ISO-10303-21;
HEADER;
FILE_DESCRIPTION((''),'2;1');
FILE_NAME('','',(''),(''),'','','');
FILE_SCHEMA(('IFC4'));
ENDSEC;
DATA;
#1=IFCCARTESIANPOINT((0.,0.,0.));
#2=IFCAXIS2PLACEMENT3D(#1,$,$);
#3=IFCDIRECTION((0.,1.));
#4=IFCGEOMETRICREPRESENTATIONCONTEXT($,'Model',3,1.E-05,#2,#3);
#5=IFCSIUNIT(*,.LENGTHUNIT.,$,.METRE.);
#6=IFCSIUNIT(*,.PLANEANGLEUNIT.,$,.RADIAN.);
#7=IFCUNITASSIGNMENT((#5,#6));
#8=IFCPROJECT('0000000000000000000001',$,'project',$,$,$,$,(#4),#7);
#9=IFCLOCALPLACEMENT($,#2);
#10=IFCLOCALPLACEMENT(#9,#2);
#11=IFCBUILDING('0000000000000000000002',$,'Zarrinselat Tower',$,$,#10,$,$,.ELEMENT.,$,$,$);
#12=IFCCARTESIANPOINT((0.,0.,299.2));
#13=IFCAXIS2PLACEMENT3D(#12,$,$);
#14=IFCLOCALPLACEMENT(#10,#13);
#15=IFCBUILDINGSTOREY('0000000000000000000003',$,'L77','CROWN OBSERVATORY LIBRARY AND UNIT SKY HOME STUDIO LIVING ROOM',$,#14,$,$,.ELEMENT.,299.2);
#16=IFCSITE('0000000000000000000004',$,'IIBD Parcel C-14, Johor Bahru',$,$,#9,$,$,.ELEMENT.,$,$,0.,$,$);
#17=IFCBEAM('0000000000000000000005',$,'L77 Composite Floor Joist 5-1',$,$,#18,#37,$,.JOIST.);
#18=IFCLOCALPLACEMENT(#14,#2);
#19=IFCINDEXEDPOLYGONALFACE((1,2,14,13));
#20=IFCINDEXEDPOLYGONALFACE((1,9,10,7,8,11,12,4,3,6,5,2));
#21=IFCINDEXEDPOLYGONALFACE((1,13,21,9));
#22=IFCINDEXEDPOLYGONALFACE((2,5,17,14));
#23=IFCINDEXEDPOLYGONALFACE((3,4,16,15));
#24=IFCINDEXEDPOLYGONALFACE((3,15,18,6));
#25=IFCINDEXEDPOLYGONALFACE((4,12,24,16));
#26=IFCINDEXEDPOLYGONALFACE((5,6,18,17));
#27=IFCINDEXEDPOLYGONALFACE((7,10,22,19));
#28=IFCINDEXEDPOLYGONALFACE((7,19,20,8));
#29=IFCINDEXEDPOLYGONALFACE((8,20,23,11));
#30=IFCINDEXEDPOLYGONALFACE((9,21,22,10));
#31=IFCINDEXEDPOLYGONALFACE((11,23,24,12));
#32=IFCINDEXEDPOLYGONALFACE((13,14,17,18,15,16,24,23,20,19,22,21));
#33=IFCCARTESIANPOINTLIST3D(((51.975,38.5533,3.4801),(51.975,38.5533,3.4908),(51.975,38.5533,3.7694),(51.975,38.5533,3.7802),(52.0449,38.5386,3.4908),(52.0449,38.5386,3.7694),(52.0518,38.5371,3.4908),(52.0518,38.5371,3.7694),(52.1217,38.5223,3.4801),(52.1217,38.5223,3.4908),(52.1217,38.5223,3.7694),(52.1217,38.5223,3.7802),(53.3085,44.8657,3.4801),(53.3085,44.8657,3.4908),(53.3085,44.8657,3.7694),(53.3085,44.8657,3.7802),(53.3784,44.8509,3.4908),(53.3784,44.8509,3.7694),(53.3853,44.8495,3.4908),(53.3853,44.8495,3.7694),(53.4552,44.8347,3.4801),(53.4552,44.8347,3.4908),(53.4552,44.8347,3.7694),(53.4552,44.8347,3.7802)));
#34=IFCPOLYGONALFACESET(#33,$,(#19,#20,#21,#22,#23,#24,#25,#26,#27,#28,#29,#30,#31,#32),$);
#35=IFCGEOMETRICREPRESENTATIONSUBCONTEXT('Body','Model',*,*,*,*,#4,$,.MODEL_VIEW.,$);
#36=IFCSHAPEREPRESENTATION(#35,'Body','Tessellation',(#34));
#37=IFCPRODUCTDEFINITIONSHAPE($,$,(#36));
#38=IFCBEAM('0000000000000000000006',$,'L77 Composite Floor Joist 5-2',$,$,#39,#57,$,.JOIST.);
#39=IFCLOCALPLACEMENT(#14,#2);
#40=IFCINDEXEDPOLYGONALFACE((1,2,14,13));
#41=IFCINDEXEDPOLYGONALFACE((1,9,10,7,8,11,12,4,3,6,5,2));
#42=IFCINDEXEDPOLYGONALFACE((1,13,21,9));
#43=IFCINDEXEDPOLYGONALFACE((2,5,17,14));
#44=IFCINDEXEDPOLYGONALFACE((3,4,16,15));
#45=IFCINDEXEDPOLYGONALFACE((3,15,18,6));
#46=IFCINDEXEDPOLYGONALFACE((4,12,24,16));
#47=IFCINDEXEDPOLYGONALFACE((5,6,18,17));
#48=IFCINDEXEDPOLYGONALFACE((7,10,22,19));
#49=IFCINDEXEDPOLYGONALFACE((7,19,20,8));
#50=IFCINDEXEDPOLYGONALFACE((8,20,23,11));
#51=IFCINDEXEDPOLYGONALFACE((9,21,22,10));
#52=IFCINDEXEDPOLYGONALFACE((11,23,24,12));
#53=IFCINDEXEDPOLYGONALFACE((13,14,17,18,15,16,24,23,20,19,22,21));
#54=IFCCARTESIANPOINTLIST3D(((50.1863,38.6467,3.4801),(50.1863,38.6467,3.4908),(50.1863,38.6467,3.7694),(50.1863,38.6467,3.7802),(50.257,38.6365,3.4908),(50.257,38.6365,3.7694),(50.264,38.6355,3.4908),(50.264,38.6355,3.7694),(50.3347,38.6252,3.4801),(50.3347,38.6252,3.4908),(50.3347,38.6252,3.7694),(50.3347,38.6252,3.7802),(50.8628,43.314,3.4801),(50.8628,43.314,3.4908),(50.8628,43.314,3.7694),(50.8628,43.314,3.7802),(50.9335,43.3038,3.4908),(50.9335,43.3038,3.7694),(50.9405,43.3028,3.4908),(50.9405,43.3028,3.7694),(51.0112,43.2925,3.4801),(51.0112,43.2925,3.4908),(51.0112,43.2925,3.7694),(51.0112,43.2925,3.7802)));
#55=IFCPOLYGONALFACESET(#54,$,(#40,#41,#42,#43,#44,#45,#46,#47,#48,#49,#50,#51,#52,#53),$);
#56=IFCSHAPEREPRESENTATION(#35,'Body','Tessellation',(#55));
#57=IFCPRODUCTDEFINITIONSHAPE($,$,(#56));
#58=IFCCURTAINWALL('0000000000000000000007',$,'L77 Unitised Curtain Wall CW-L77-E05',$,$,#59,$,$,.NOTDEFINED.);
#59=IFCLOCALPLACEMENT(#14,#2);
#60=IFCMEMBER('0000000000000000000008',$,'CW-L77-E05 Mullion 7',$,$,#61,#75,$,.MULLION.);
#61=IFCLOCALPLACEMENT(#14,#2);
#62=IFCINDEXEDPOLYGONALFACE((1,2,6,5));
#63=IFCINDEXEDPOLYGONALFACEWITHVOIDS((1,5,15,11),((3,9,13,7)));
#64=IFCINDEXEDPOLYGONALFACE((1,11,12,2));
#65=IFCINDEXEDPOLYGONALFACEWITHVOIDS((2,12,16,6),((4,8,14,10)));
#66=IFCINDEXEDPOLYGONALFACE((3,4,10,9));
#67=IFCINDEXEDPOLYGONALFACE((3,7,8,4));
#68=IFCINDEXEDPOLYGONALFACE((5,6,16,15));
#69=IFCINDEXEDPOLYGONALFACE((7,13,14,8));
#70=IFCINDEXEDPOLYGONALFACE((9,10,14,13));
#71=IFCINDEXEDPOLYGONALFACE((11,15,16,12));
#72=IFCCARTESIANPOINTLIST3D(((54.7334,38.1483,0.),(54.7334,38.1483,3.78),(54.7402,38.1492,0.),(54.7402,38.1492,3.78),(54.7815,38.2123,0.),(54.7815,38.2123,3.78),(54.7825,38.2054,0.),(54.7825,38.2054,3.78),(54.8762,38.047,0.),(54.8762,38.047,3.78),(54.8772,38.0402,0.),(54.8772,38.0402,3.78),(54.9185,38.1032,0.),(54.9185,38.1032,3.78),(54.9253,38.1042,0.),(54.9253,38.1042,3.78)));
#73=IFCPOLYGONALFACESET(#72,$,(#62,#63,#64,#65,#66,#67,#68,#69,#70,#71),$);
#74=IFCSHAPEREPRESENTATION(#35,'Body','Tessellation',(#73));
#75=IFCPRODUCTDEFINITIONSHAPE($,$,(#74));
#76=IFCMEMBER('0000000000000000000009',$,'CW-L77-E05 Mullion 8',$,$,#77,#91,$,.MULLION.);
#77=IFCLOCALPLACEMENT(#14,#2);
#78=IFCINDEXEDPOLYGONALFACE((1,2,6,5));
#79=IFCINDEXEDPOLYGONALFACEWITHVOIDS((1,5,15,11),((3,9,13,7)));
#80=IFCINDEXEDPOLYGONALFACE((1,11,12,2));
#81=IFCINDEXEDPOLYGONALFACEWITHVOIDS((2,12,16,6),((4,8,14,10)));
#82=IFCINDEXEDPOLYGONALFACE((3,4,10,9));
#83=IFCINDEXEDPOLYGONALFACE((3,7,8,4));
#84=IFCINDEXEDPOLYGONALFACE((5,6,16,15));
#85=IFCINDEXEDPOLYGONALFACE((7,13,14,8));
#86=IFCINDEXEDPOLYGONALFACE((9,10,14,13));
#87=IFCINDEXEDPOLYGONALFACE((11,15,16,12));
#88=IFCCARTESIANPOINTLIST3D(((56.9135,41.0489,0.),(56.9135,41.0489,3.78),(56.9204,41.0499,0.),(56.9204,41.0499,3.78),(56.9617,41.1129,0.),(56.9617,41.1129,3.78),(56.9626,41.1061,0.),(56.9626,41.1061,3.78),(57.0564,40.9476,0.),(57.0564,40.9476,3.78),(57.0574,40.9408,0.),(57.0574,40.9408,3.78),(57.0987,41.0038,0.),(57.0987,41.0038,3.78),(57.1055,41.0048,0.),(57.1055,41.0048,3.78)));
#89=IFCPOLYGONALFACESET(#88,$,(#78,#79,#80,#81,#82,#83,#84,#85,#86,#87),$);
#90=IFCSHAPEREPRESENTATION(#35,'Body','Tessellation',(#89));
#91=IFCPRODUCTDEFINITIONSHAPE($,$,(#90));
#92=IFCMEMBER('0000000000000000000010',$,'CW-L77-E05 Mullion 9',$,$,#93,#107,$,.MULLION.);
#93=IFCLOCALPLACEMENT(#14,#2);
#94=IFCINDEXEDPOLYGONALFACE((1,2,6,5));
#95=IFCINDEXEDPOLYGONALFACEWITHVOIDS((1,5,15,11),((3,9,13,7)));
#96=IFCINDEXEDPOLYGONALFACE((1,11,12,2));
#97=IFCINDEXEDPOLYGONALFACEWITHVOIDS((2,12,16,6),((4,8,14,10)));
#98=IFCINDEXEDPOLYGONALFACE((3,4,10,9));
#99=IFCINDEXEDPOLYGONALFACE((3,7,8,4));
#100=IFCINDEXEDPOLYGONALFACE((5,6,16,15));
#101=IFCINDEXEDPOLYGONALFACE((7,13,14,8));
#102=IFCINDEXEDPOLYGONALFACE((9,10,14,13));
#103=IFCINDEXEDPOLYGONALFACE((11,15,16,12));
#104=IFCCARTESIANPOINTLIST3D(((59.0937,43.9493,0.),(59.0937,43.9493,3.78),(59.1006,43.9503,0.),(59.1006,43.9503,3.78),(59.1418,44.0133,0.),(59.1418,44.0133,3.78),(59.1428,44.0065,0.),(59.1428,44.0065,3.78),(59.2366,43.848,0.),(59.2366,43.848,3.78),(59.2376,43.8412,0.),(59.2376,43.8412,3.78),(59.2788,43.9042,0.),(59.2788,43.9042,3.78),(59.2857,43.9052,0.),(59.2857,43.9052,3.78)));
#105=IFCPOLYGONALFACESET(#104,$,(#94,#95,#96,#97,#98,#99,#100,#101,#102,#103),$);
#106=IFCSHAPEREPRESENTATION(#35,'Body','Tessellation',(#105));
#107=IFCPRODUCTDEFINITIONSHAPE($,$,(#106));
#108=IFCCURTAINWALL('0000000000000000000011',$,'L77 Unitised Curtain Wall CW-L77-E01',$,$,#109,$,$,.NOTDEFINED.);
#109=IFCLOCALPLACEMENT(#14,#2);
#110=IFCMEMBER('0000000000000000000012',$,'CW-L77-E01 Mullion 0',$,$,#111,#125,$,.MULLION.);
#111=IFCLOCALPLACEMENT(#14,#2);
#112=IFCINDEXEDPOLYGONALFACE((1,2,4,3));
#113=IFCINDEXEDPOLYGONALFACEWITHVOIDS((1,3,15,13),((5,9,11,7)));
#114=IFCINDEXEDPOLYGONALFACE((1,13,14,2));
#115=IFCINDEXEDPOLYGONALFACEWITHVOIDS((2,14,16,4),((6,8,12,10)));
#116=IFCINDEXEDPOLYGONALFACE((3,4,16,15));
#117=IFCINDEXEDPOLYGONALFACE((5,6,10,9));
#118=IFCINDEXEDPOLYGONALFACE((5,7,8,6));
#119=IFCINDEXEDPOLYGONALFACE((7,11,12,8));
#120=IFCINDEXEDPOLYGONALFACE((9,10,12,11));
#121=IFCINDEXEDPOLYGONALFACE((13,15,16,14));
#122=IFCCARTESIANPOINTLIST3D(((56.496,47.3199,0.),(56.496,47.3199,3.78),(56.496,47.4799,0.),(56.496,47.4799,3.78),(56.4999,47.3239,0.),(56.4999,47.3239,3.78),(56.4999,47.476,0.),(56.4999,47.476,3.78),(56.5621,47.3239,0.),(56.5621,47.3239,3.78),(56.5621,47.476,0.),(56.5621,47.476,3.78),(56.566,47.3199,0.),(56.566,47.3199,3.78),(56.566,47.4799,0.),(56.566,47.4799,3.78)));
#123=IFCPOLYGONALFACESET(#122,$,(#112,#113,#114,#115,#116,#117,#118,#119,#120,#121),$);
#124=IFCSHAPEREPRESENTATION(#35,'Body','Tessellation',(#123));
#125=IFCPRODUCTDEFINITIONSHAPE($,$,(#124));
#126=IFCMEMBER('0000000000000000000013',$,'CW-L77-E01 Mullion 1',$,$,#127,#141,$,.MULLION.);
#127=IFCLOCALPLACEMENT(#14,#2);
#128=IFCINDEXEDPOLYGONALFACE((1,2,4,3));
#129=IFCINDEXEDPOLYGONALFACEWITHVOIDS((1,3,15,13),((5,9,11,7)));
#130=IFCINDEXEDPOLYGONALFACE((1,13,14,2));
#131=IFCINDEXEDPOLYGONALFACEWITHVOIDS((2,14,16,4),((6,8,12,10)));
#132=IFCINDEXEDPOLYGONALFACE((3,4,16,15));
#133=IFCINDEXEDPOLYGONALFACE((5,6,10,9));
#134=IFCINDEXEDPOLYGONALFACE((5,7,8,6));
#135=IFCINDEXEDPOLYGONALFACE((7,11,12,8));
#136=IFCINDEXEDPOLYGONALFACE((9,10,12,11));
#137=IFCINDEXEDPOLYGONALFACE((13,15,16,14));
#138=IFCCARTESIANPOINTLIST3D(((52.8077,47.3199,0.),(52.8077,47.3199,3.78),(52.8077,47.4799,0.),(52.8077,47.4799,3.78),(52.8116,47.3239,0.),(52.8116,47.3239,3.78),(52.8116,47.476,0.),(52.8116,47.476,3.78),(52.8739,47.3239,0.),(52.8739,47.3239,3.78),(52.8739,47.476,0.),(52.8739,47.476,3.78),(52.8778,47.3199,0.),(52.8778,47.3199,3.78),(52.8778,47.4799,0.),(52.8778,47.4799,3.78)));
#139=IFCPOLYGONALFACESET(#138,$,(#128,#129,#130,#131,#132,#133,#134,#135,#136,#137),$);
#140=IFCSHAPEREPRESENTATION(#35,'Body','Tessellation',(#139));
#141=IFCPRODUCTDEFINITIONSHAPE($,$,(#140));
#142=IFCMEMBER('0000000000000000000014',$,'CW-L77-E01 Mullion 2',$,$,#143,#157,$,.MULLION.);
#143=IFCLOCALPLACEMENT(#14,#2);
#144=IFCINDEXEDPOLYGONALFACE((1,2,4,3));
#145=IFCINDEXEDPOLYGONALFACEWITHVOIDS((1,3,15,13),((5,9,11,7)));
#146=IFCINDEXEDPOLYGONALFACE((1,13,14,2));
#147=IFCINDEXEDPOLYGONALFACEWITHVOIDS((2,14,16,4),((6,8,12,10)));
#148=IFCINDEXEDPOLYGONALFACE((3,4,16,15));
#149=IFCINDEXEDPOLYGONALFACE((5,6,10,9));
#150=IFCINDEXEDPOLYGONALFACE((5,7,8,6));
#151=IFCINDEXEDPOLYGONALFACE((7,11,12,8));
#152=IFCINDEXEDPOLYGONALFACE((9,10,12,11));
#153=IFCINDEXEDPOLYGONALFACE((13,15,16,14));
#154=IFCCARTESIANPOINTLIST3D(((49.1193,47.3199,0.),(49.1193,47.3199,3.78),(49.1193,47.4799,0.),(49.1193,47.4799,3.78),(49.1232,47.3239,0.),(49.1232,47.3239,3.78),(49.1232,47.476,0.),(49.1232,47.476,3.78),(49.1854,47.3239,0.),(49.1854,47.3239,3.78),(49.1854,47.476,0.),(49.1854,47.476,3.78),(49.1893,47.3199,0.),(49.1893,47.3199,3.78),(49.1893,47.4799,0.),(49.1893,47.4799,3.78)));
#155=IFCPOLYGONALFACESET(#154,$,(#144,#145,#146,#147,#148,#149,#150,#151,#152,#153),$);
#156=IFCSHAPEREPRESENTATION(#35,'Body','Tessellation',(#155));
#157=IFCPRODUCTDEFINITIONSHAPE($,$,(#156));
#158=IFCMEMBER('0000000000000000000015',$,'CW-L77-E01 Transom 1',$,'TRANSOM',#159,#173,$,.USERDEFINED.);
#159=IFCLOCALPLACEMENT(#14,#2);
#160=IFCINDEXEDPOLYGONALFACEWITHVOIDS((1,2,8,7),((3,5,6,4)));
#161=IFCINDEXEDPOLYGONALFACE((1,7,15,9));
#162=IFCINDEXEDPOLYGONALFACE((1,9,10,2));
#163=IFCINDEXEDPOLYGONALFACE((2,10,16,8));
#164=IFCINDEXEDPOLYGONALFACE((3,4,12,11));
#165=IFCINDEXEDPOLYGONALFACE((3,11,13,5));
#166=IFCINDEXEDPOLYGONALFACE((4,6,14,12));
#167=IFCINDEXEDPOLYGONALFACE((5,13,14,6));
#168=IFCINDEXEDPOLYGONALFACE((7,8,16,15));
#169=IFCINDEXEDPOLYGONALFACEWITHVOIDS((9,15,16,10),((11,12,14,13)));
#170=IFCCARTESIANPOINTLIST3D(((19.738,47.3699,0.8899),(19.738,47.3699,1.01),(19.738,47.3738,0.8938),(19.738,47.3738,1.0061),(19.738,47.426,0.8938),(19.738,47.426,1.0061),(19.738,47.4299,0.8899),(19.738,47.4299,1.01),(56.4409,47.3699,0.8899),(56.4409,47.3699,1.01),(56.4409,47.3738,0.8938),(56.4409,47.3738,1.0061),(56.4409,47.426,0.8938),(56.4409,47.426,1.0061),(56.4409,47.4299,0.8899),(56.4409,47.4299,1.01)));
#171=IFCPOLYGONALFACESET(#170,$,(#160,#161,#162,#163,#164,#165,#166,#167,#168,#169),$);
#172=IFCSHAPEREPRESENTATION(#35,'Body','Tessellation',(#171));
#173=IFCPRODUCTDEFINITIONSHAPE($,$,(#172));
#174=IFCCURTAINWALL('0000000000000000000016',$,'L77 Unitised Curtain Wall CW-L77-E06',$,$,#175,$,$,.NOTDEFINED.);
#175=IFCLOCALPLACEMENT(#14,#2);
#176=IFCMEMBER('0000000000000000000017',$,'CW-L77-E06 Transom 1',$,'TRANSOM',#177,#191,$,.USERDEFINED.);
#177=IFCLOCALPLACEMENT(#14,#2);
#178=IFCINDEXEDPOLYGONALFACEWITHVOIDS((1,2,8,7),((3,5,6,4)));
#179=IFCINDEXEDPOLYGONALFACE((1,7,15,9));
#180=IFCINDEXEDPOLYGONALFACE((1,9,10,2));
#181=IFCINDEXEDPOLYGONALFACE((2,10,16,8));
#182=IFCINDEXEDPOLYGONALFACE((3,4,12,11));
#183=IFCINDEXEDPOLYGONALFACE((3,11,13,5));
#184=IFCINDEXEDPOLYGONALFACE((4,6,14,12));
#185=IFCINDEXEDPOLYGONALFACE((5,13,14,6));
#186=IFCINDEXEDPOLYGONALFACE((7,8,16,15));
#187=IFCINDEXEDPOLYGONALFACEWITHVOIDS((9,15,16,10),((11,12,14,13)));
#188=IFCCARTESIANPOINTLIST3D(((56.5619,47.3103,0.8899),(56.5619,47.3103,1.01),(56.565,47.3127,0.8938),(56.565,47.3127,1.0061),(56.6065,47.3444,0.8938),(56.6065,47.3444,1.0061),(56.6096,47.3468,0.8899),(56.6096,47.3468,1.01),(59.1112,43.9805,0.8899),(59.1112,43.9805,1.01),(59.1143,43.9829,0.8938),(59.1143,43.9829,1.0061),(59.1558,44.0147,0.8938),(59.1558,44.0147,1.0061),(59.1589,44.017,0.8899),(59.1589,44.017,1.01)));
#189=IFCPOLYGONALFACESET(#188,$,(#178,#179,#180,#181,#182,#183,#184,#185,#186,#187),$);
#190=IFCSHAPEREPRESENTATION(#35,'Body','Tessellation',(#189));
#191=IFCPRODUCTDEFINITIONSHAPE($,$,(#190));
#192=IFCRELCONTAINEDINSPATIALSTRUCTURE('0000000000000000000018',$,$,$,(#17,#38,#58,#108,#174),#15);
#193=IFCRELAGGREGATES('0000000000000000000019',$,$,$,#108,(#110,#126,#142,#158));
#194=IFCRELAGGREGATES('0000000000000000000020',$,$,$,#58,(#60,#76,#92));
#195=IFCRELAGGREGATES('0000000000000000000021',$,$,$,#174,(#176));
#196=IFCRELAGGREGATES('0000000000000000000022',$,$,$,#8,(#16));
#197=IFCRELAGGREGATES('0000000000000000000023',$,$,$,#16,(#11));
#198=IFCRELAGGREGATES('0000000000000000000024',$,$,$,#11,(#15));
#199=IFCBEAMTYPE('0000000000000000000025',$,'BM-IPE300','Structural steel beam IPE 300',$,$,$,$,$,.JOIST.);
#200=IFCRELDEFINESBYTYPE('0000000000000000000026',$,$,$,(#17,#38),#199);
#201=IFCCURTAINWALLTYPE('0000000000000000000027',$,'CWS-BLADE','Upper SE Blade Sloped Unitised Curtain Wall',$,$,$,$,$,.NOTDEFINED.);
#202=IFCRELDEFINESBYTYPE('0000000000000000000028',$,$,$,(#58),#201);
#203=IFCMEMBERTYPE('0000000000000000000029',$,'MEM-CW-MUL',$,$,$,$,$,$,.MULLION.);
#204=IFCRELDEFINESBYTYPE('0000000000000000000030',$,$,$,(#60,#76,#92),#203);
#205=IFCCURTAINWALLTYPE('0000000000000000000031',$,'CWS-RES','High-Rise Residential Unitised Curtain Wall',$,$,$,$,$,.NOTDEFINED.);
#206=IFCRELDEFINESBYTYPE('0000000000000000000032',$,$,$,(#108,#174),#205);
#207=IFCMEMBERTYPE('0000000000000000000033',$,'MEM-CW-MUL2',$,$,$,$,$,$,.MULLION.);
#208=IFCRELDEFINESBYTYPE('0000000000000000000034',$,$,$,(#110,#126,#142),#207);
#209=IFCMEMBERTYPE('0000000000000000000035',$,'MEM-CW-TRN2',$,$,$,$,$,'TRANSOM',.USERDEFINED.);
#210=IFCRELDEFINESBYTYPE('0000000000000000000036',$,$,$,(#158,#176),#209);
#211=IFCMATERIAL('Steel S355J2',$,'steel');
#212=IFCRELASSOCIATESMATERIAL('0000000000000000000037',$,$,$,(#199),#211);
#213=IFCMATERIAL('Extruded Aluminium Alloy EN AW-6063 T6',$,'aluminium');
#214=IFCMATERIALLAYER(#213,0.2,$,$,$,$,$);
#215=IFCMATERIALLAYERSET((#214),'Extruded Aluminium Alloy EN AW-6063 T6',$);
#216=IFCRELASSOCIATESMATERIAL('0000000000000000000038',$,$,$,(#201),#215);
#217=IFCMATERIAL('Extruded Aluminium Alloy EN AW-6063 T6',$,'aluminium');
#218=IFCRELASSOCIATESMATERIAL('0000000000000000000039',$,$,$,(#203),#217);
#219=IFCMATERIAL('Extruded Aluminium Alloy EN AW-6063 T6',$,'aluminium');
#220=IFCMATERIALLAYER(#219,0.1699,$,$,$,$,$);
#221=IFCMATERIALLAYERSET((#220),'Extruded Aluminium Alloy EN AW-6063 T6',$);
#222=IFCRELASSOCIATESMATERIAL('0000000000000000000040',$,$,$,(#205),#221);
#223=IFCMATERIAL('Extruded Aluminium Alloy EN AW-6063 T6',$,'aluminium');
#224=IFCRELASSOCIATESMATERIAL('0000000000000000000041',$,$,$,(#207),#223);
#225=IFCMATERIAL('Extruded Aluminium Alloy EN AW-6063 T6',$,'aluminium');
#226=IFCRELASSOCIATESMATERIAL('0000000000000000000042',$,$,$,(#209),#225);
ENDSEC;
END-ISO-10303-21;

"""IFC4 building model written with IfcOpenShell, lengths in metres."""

from ifc_helpers import new_model, si_unit, direction, frame, origin, origin_2d, place, context, subcontext, project, spatial, hollow_rectangle, i_section, extrude, material, layer, layer_set, material_profile, profile_set, type_object, element, aggregate, save


model = new_model("IFC4")

# Units and contexts
model_context = context("Model", 3, precision=1e-05, world=origin(), true_north=direction((0.0, 1.0)))
body_context = subcontext(model_context, "Body", "Model", "MODEL_VIEW")
ifc_project = project(units=[si_unit("LENGTHUNIT", "METRE"), si_unit("PLANEANGLEUNIT", "RADIAN")], contexts=[model_context])

# Site, building, storey
site_placement = place(None, origin())
site = spatial("IfcSite", under=ifc_project, at=site_placement, Name="IIBD Parcel C-14, Johor Bahru", CompositionType="ELEMENT", RefElevation=0.0)
building_placement = place(site_placement, origin())
building = spatial("IfcBuilding", under=site, at=building_placement, Name="Zarrinselat Tower", CompositionType="ELEMENT")
storey_placement = place(building_placement, frame((0.0, 0.0, 299.2)))
storey = spatial("IfcBuildingStorey", under=building, at=storey_placement, Name="L77", Description="CROWN OBSERVATORY LIBRARY AND UNIT SKY HOME STUDIO LIVING ROOM", CompositionType="ELEMENT", Elevation=299.2)

# Beams
ifc_material_1 = material(Name="Steel S355J2", Category="steel")
ifc_material_profile_1 = material_profile(ifc_material_1, i_section(OverallWidth=0.1499, OverallDepth=0.3, WebThickness=0.0071, FlangeThickness=0.0107, at=origin_2d()), Name="IPE 300")
ifc_profile_set_1 = profile_set([ifc_material_profile_1], Name="Steel S355J2")
beam_type_1 = type_object("IfcBeamType", Name="BM-IPE300", Description="Structural steel beam IPE 300", PredefinedType="JOIST", material=ifc_profile_set_1)
beam_1_placement = place(storey_placement, frame((52.0483, 38.5378, 3.6301), z_axis=(0.206693, 0.978406, 0.0), x_axis=(-0.978406, 0.206693, 0.0)))
element("IfcBeam", 1, at=beam_1_placement, inside=storey, type_object=beam_type_1, Name="L77 Composite Floor Joist 5-1", PredefinedType="JOIST", context=body_context, shape_type="SweptSolid", body=[
    extrude(i_section(OverallWidth=0.1499, OverallDepth=0.3, WebThickness=0.0071, FlangeThickness=0.0107, at=origin_2d()), origin(), (0.0, 0.0, 1.0), 6.4517),
])
beam_2_placement = place(storey_placement, frame((50.2605, 38.636, 3.6301), z_axis=(0.14345, 0.989658, 0.0), x_axis=(-0.989658, 0.14345, 0.0)))
element("IfcBeam", 2, at=beam_2_placement, inside=storey, type_object=beam_type_1, Name="L77 Composite Floor Joist 5-2", PredefinedType="JOIST", context=body_context, shape_type="SweptSolid", body=[
    extrude(i_section(OverallWidth=0.1499, OverallDepth=0.3, WebThickness=0.0071, FlangeThickness=0.0107, at=origin_2d()), origin(), (0.0, 0.0, 1.0), 4.7161),
])

# Curtain walls, members
ifc_material_2 = material(Name="Extruded Aluminium Alloy EN AW-6063 T6", Category="aluminium")
ifc_layer_1 = layer(ifc_material_2, 0.2)
ifc_layer_set_1 = layer_set([ifc_layer_1], Name="Extruded Aluminium Alloy EN AW-6063 T6")
curtain_wall_type_1 = type_object("IfcCurtainWallType", Name="CWS-BLADE", Description="Upper SE Blade Sloped Unitised Curtain Wall", PredefinedType="NOTDEFINED", material=ifc_layer_set_1)
curtain_wall_1_placement = place(storey_placement, origin())
curtain_wall_1 = element("IfcCurtainWall", 3, at=curtain_wall_1_placement, inside=storey, type_object=curtain_wall_type_1, Name="L77 Unitised Curtain Wall CW-L77-E05", PredefinedType="NOTDEFINED")
ifc_material_3 = material(Name="Extruded Aluminium Alloy EN AW-6063 T6", Category="aluminium")
ifc_material_profile_2 = material_profile(ifc_material_3, hollow_rectangle(XDim=0.0801, YDim=0.1799, WallThickness=0.0049, at=origin_2d()), Name="RHS 180x80x5")
ifc_profile_set_2 = profile_set([ifc_material_profile_2], Name="Extruded Aluminium Alloy EN AW-6063 T6")
member_type_1 = type_object("IfcMemberType", Name="MEM-CW-MUL", PredefinedType="MULLION", material=ifc_profile_set_2)
member_1_placement = place(storey_placement, frame((54.8293, 38.1262, 0.0), z_axis=(0.0, 0.0, 1.0), x_axis=(0.600848, 0.799363, 0.0)))
member_1 = element("IfcMember", 4, at=member_1_placement, type_object=member_type_1, Name="CW-L77-E05 Mullion 7", PredefinedType="MULLION", context=body_context, shape_type="SweptSolid", body=[
    extrude(hollow_rectangle(XDim=0.0801, YDim=0.1799, WallThickness=0.0049, at=origin_2d()), origin(), (0.0, 0.0, 1.0), 3.78),
])
member_2_placement = place(storey_placement, frame((57.0095, 41.0269, 0.0), z_axis=(0.0, 0.0, 1.0), x_axis=(0.600848, 0.799363, 0.0)))
member_2 = element("IfcMember", 5, at=member_2_placement, type_object=member_type_1, Name="CW-L77-E05 Mullion 8", PredefinedType="MULLION", context=body_context, shape_type="SweptSolid", body=[
    extrude(hollow_rectangle(XDim=0.0801, YDim=0.1799, WallThickness=0.0049, at=origin_2d()), origin(), (0.0, 0.0, 1.0), 3.78),
])
member_3_placement = place(storey_placement, frame((59.1897, 43.9272, 0.0), z_axis=(0.0, 0.0, 1.0), x_axis=(0.600848, 0.799363, 0.0)))
member_3 = element("IfcMember", 6, at=member_3_placement, type_object=member_type_1, Name="CW-L77-E05 Mullion 9", PredefinedType="MULLION", context=body_context, shape_type="SweptSolid", body=[
    extrude(hollow_rectangle(XDim=0.0801, YDim=0.1799, WallThickness=0.0049, at=origin_2d()), origin(), (0.0, 0.0, 1.0), 3.78),
])
ifc_material_4 = material(Name="Extruded Aluminium Alloy EN AW-6063 T6", Category="aluminium")
ifc_layer_2 = layer(ifc_material_4, 0.1699)
ifc_layer_set_2 = layer_set([ifc_layer_2], Name="Extruded Aluminium Alloy EN AW-6063 T6")
curtain_wall_type_2 = type_object("IfcCurtainWallType", Name="CWS-RES", Description="High-Rise Residential Unitised Curtain Wall", PredefinedType="NOTDEFINED", material=ifc_layer_set_2)
curtain_wall_2_placement = place(storey_placement, origin())
curtain_wall_2 = element("IfcCurtainWall", 7, at=curtain_wall_2_placement, inside=storey, type_object=curtain_wall_type_2, Name="L77 Unitised Curtain Wall CW-L77-E01", PredefinedType="NOTDEFINED")
ifc_material_5 = material(Name="Extruded Aluminium Alloy EN AW-6063 T6", Category="aluminium")
ifc_material_profile_3 = material_profile(ifc_material_5, hollow_rectangle(XDim=0.0701, YDim=0.1599, WallThickness=0.0039, at=origin_2d()), Name="RHS 160x70x4")
ifc_profile_set_3 = profile_set([ifc_material_profile_3], Name="Extruded Aluminium Alloy EN AW-6063 T6")
member_type_2 = type_object("IfcMemberType", Name="MEM-CW-MUL2", PredefinedType="MULLION", material=ifc_profile_set_3)
member_4_placement = place(storey_placement, frame((56.531, 47.3999, 0.0), z_axis=(0.0, 0.0, 1.0), x_axis=(-1.0, 0.0, 0.0)))
member_4 = element("IfcMember", 8, at=member_4_placement, type_object=member_type_2, Name="CW-L77-E01 Mullion 0", PredefinedType="MULLION", context=body_context, shape_type="SweptSolid", body=[
    extrude(hollow_rectangle(XDim=0.0701, YDim=0.1599, WallThickness=0.0039, at=origin_2d()), origin(), (0.0, 0.0, 1.0), 3.78),
])
member_5_placement = place(storey_placement, frame((52.8428, 47.3999, 0.0), z_axis=(0.0, 0.0, 1.0), x_axis=(-1.0, 0.0, 0.0)))
member_5 = element("IfcMember", 9, at=member_5_placement, type_object=member_type_2, Name="CW-L77-E01 Mullion 1", PredefinedType="MULLION", context=body_context, shape_type="SweptSolid", body=[
    extrude(hollow_rectangle(XDim=0.0701, YDim=0.1599, WallThickness=0.0039, at=origin_2d()), origin(), (0.0, 0.0, 1.0), 3.78),
])
member_6_placement = place(storey_placement, frame((49.1543, 47.3999, 0.0), z_axis=(0.0, 0.0, 1.0), x_axis=(-1.0, 0.0, 0.0)))
member_6 = element("IfcMember", 10, at=member_6_placement, type_object=member_type_2, Name="CW-L77-E01 Mullion 2", PredefinedType="MULLION", context=body_context, shape_type="SweptSolid", body=[
    extrude(hollow_rectangle(XDim=0.0701, YDim=0.1599, WallThickness=0.0039, at=origin_2d()), origin(), (0.0, 0.0, 1.0), 3.78),
])
ifc_material_6 = material(Name="Extruded Aluminium Alloy EN AW-6063 T6", Category="aluminium")
ifc_material_profile_4 = material_profile(ifc_material_6, hollow_rectangle(XDim=0.0601, YDim=0.1201, WallThickness=0.0039, at=origin_2d()), Name="RHS 120x60x4")
ifc_profile_set_4 = profile_set([ifc_material_profile_4], Name="Extruded Aluminium Alloy EN AW-6063 T6")
member_type_3 = type_object("IfcMemberType", Name="MEM-CW-TRN2", ElementType="TRANSOM", PredefinedType="USERDEFINED", material=ifc_profile_set_4)
member_7_placement = place(storey_placement, frame((56.4409, 47.3999, 0.95), z_axis=(-1.0, 0.0, 0.0), x_axis=(0.0, -1.0, 0.0)))
member_7 = element("IfcMember", 11, at=member_7_placement, type_object=member_type_3, Name="CW-L77-E01 Transom 1", ObjectType="TRANSOM", PredefinedType="USERDEFINED", context=body_context, shape_type="SweptSolid", body=[
    extrude(hollow_rectangle(XDim=0.0601, YDim=0.1201, WallThickness=0.0039, at=origin_2d()), origin(), (0.0, 0.0, 1.0), 36.7029),
])

# Curtain wall, member
curtain_wall_3_placement = place(storey_placement, origin())
curtain_wall_3 = element("IfcCurtainWall", 12, at=curtain_wall_3_placement, inside=storey, type_object=curtain_wall_type_2, Name="L77 Unitised Curtain Wall CW-L77-E06", PredefinedType="NOTDEFINED")
member_8_placement = place(storey_placement, frame((59.135, 43.9988, 0.95), z_axis=(-0.607897, 0.794016, 0.0), x_axis=(-0.794016, -0.607897, 0.0)))
member_8 = element("IfcMember", 13, at=member_8_placement, type_object=member_type_3, Name="CW-L77-E06 Transom 1", ObjectType="TRANSOM", PredefinedType="USERDEFINED", context=body_context, shape_type="SweptSolid", body=[
    extrude(hollow_rectangle(XDim=0.0601, YDim=0.1201, WallThickness=0.0039, at=origin_2d()), origin(), (0.0, 0.0, 1.0), 4.1936),
])

aggregate(curtain_wall_2, [member_4, member_5, member_6, member_7])
aggregate(curtain_wall_1, [member_1, member_2, member_3])
aggregate(curtain_wall_3, [member_8])

save(model, "model.ifc")
